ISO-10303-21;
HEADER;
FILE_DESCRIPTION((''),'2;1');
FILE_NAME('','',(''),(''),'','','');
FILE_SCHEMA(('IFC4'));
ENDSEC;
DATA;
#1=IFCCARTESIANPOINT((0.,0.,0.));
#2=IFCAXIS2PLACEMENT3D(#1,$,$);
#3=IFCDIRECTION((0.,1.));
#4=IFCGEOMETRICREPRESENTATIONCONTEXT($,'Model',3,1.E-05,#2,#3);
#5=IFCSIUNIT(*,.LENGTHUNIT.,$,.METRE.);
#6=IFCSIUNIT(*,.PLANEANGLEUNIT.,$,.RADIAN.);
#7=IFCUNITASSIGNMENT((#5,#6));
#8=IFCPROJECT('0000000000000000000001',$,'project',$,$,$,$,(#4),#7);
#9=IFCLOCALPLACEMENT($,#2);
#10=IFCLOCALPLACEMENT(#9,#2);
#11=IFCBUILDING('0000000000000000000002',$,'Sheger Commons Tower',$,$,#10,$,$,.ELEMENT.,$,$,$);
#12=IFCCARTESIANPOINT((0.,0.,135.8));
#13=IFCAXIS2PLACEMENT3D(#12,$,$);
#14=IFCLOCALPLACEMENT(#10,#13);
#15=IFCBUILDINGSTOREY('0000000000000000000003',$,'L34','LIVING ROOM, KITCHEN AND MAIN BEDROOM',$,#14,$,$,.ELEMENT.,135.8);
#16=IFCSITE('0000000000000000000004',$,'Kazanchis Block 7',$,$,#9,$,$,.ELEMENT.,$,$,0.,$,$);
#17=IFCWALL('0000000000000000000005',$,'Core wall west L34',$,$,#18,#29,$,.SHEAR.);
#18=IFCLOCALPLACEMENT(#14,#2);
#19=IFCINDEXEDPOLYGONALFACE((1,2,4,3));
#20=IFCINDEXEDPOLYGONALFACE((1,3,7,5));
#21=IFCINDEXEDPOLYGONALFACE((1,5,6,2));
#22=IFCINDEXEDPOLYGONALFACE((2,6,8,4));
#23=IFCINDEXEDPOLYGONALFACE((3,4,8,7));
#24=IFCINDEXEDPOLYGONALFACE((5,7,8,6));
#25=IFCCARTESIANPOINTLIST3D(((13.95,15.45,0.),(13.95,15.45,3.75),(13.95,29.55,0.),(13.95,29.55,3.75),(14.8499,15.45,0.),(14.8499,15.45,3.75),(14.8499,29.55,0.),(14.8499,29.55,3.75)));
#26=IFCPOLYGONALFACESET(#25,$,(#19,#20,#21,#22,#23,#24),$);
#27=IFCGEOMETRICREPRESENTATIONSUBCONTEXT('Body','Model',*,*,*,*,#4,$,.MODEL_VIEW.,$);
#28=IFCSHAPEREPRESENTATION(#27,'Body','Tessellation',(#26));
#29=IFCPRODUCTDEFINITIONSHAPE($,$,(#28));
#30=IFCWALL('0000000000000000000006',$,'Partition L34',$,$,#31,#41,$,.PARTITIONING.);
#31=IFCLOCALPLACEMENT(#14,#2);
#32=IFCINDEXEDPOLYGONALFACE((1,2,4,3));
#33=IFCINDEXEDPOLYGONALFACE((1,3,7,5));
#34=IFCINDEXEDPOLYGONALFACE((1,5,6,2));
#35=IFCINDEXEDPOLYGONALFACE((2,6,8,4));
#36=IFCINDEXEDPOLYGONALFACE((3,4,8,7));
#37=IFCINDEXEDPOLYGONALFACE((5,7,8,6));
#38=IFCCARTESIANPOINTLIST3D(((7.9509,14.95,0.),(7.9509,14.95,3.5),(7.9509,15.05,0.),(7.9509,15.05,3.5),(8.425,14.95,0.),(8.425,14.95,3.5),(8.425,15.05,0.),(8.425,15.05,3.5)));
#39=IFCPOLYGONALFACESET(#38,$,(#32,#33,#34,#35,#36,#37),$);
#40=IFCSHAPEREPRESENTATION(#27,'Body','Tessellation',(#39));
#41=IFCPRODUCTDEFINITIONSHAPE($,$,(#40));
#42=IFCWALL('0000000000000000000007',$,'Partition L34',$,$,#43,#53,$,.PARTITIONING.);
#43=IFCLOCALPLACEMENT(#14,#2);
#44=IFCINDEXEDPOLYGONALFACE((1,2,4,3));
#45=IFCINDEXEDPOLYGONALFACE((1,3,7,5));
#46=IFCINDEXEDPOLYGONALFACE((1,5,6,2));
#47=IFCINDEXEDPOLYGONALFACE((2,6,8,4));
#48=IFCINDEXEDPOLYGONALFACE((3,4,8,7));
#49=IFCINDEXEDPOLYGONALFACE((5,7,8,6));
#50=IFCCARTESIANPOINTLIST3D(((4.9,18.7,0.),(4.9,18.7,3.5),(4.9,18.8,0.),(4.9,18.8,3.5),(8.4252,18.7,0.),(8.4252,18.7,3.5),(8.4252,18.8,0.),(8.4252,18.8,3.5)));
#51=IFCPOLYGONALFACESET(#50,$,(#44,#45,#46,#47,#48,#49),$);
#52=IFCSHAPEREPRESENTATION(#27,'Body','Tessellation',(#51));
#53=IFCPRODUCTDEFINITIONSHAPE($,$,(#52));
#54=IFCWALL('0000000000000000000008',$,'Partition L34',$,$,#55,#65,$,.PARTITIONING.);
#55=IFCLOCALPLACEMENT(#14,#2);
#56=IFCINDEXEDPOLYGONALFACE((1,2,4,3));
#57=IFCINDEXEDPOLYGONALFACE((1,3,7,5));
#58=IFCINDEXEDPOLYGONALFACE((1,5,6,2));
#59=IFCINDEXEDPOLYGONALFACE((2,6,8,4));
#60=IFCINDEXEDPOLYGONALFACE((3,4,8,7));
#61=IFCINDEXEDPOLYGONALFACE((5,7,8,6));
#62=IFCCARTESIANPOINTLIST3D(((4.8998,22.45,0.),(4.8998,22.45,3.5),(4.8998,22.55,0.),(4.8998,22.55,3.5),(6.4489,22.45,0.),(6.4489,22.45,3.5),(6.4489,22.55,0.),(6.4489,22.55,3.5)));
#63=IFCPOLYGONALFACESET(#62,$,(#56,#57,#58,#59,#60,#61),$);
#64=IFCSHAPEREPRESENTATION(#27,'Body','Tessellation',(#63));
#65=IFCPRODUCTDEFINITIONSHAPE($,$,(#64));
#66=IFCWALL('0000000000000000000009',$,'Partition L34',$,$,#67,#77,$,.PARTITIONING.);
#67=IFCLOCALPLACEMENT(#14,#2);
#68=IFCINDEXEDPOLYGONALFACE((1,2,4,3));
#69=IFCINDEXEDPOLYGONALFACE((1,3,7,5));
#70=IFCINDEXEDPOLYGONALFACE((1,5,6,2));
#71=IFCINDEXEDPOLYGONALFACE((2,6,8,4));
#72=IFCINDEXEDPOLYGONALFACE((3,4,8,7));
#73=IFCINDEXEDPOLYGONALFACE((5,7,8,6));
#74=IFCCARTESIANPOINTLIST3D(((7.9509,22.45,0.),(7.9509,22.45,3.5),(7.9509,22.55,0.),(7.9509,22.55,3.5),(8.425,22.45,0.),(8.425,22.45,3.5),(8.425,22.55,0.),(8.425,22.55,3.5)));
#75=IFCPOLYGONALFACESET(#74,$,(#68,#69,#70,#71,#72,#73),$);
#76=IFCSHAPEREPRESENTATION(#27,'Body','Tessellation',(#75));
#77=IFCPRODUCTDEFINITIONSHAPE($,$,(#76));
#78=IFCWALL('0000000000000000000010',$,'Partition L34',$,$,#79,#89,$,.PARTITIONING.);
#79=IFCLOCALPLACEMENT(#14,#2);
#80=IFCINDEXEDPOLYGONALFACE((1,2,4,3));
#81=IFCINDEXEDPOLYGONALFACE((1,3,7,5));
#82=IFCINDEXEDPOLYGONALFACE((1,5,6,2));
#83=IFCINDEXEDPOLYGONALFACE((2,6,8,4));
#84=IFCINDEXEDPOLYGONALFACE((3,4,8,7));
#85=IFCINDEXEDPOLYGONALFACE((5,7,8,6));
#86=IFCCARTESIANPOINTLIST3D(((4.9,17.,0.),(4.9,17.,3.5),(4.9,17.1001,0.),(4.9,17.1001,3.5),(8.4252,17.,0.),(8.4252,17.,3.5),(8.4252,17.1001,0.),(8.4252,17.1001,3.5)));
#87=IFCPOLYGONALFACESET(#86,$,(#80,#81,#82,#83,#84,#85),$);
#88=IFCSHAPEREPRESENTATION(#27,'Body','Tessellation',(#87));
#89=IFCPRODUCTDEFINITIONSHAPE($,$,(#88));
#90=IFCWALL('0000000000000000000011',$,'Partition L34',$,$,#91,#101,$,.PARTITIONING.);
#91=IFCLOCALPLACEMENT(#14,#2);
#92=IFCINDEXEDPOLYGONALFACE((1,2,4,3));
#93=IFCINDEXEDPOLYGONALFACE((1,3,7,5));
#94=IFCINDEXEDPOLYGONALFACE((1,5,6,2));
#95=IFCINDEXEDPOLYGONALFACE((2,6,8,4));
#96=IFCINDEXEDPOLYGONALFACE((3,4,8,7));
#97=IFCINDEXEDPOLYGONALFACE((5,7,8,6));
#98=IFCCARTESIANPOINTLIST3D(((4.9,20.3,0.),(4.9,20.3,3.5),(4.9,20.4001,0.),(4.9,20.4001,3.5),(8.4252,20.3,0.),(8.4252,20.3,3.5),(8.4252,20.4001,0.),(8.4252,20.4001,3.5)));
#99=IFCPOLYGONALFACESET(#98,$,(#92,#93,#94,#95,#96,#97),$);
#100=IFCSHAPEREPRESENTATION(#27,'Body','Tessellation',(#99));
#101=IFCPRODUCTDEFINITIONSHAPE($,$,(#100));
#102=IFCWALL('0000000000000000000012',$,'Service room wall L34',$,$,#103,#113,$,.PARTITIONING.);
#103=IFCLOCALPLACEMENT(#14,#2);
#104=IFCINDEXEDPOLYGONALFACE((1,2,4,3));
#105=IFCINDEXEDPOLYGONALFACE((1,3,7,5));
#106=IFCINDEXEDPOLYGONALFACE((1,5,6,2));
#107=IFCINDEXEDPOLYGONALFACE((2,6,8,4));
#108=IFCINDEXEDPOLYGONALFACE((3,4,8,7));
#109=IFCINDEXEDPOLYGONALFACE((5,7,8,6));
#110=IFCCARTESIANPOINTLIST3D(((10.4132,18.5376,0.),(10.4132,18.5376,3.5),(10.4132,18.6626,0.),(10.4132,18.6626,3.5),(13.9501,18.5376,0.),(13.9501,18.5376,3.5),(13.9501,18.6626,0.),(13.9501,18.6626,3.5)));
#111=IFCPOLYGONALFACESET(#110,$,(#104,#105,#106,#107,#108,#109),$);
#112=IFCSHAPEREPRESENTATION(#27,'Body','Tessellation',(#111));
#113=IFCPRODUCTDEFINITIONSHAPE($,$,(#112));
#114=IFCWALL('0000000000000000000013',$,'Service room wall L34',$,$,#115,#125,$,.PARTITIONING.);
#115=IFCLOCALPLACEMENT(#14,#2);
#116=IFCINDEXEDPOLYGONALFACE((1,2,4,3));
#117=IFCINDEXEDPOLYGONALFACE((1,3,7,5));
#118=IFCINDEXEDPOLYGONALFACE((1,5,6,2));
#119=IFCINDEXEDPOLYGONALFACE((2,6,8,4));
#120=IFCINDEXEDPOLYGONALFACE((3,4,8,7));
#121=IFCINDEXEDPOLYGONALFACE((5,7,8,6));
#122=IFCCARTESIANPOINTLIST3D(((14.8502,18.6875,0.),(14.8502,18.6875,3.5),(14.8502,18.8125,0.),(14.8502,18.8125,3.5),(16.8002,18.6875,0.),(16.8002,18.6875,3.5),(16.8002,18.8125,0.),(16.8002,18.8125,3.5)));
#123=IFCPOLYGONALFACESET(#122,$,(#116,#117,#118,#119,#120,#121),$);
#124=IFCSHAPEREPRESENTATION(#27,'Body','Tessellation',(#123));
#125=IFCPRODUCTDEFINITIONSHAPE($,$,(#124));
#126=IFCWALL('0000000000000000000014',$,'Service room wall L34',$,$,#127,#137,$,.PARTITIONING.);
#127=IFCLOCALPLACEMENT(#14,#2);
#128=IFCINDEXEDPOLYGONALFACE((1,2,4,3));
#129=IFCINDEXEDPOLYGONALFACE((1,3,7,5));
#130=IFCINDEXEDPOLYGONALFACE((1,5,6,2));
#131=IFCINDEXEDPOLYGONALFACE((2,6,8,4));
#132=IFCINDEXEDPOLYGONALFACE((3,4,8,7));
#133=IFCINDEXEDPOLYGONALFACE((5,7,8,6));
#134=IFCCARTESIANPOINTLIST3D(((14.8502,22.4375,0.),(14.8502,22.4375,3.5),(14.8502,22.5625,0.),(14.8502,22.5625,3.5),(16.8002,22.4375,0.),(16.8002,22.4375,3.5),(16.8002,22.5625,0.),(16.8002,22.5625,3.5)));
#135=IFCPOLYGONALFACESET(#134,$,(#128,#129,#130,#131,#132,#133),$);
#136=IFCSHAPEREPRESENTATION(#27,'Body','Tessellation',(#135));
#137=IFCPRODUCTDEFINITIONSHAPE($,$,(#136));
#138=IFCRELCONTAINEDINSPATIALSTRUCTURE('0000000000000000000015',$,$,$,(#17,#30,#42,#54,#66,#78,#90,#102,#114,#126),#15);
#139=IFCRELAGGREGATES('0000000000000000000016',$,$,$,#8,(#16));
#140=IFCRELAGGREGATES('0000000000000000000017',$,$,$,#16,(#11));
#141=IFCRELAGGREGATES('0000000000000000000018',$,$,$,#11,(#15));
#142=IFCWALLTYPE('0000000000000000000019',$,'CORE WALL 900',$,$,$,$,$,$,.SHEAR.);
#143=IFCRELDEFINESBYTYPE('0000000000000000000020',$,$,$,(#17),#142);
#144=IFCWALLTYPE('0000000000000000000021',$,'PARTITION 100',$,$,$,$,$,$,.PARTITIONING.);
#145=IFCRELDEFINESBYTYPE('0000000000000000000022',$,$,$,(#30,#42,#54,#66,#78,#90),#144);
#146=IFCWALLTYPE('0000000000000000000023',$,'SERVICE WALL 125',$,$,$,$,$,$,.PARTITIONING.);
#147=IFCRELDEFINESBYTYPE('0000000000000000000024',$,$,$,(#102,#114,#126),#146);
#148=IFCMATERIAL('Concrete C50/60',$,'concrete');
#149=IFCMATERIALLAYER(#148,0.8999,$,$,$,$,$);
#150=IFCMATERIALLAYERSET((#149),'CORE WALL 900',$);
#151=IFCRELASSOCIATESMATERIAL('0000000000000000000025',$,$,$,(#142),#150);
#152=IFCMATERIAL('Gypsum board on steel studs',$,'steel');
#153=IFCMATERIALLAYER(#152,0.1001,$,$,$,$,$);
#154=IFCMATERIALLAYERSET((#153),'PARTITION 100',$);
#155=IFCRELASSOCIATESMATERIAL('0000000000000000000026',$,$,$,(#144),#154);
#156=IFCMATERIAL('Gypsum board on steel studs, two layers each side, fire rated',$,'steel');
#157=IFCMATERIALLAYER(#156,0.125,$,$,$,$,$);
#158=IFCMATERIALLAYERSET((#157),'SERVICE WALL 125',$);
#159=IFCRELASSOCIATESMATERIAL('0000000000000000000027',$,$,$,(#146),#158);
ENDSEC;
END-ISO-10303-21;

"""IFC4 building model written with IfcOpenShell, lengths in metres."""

from ifc_helpers import new_model, si_unit, direction, frame, frame_2d, origin, place, context, subcontext, project, spatial, rectangle, extrude, material, layer, layer_set, type_object, element, save


model = new_model("IFC4")

# Units and contexts
model_context = context("Model", 3, precision=1e-05, world=origin(), true_north=direction((0.0, 1.0)))
body_context = subcontext(model_context, "Body", "Model", "MODEL_VIEW")
ifc_project = project(units=[si_unit("LENGTHUNIT", "METRE"), si_unit("PLANEANGLEUNIT", "RADIAN")], contexts=[model_context])

# Site, building, storey
site_placement = place(None, origin())
site = spatial("IfcSite", under=ifc_project, at=site_placement, Name="Kazanchis Block 7", CompositionType="ELEMENT", RefElevation=0.0)
building_placement = place(site_placement, origin())
building = spatial("IfcBuilding", under=site, at=building_placement, Name="Sheger Commons Tower", CompositionType="ELEMENT")
storey_placement = place(building_placement, frame((0.0, 0.0, 135.8)))
storey = spatial("IfcBuildingStorey", under=building, at=storey_placement, Name="L34", Description="LIVING ROOM, KITCHEN AND MAIN BEDROOM", CompositionType="ELEMENT", Elevation=135.8)

# Shared definitions
ifc_material_1 = material(Name="Concrete C50/60", Category="concrete")
ifc_layer_1 = layer(ifc_material_1, 0.8999)
ifc_layer_set_1 = layer_set([ifc_layer_1], Name="CORE WALL 900")
wall_type_1 = type_object("IfcWallType", Name="CORE WALL 900", PredefinedType="SHEAR", material=ifc_layer_set_1)

# Walls
wall_1_placement = place(storey_placement, frame((14.3999, 15.45, 0.0), z_axis=(0.0, 0.0, 1.0), x_axis=(0.0, 1.0, 0.0)))
element("IfcWall", 1, at=wall_1_placement, inside=storey, type_object=wall_type_1, Name="Core wall west L34", PredefinedType="SHEAR", context=body_context, shape_type="SweptSolid", body=[
    extrude(rectangle(XDim=14.1001, YDim=0.8999, at=frame_2d((7.05, 0.0))), origin(), (0.0, 0.0, 1.0), 3.75),
])
ifc_material_2 = material(Name="Gypsum board on steel studs", Category="steel")
ifc_layer_2 = layer(ifc_material_2, 0.1001)
ifc_layer_set_2 = layer_set([ifc_layer_2], Name="PARTITION 100")
wall_type_2 = type_object("IfcWallType", Name="PARTITION 100", PredefinedType="PARTITIONING", material=ifc_layer_set_2)
wall_2_placement = place(storey_placement, frame((7.9509, 15.0, 0.0), z_axis=(0.0, 0.0, 1.0), x_axis=(1.0, 0.0, 0.0)))
element("IfcWall", 2, at=wall_2_placement, inside=storey, type_object=wall_type_2, Name="Partition L34", PredefinedType="PARTITIONING", context=body_context, shape_type="SweptSolid", body=[
    extrude(rectangle(XDim=0.4741, YDim=0.1001, at=frame_2d((0.2371, 0.0))), origin(), (0.0, 0.0, 1.0), 3.5),
])
wall_3_placement = place(storey_placement, frame((4.8999, 18.75, 0.0), z_axis=(0.0, 0.0, 1.0), x_axis=(1.0, 0.0, 0.0)))
element("IfcWall", 3, at=wall_3_placement, inside=storey, type_object=wall_type_2, Name="Partition L34", PredefinedType="PARTITIONING", context=body_context, shape_type="SweptSolid", body=[
    extrude(rectangle(XDim=3.5251, YDim=0.1001, at=frame_2d((1.7627, 0.0))), origin(), (0.0, 0.0, 1.0), 3.5),
])
wall_4_placement = place(storey_placement, frame((4.8999, 22.5, 0.0), z_axis=(0.0, 0.0, 1.0), x_axis=(1.0, 0.0, 0.0)))
element("IfcWall", 4, at=wall_4_placement, inside=storey, type_object=wall_type_2, Name="Partition L34", PredefinedType="PARTITIONING", context=body_context, shape_type="SweptSolid", body=[
    extrude(rectangle(XDim=1.5491, YDim=0.1001, at=frame_2d((0.7744, 0.0))), origin(), (0.0, 0.0, 1.0), 3.5),
])
wall_5_placement = place(storey_placement, frame((7.9509, 22.5, 0.0), z_axis=(0.0, 0.0, 1.0), x_axis=(1.0, 0.0, 0.0)))
element("IfcWall", 5, at=wall_5_placement, inside=storey, type_object=wall_type_2, Name="Partition L34", PredefinedType="PARTITIONING", context=body_context, shape_type="SweptSolid", body=[
    extrude(rectangle(XDim=0.4741, YDim=0.1001, at=frame_2d((0.2371, 0.0))), origin(), (0.0, 0.0, 1.0), 3.5),
])
for number, where, z_axis, x_axis, name in (
    (6, (4.8999, 17.05, 0.0), (0.0, 0.0, 1.0), (1.0, 0.0, 0.0), "Partition L34"),
    (7, (4.8999, 20.3501, 0.0), (0.0, 0.0, 1.0), (1.0, 0.0, 0.0), "Partition L34"),
):
    element("IfcWall", number, at=place(storey_placement, frame(where, z_axis=z_axis, x_axis=x_axis)), inside=storey, type_object=wall_type_2, Name=name, PredefinedType="PARTITIONING", context=body_context, shape_type="SweptSolid", body=[
        extrude(rectangle(XDim=3.5251, YDim=0.1001, at=frame_2d((1.7627, 0.0))), origin(), (0.0, 0.0, 1.0), 3.5),
    ])
ifc_material_3 = material(Name="Gypsum board on steel studs, two layers each side, fire rated", Category="steel")
ifc_layer_3 = layer(ifc_material_3, 0.125)
ifc_layer_set_3 = layer_set([ifc_layer_3], Name="SERVICE WALL 125")
wall_type_3 = type_object("IfcWallType", Name="SERVICE WALL 125", PredefinedType="PARTITIONING", material=ifc_layer_set_3)
wall_6_placement = place(storey_placement, frame((10.4131, 18.6001, 0.0), z_axis=(0.0, 0.0, 1.0), x_axis=(1.0, 0.0, 0.0)))
element("IfcWall", 8, at=wall_6_placement, inside=storey, type_object=wall_type_3, Name="Service room wall L34", PredefinedType="PARTITIONING", context=body_context, shape_type="SweptSolid", body=[
    extrude(rectangle(XDim=3.5369, YDim=0.125, at=frame_2d((1.7686, 0.0))), origin(), (0.0, 0.0, 1.0), 3.5),
])
for number, where, z_axis, x_axis, name in (
    (9, (14.8501, 18.75, 0.0), (0.0, 0.0, 1.0), (1.0, 0.0, 0.0), "Service room wall L34"),
    (10, (14.8501, 22.5, 0.0), (0.0, 0.0, 1.0), (1.0, 0.0, 0.0), "Service room wall L34"),
):
    element("IfcWall", number, at=place(storey_placement, frame(where, z_axis=z_axis, x_axis=x_axis)), inside=storey, type_object=wall_type_3, Name=name, PredefinedType="PARTITIONING", context=body_context, shape_type="SweptSolid", body=[
        extrude(rectangle(XDim=1.95, YDim=0.125, at=frame_2d((0.9751, 0.0))), origin(), (0.0, 0.0, 1.0), 3.5),
    ])

save(model, "model.ifc")
